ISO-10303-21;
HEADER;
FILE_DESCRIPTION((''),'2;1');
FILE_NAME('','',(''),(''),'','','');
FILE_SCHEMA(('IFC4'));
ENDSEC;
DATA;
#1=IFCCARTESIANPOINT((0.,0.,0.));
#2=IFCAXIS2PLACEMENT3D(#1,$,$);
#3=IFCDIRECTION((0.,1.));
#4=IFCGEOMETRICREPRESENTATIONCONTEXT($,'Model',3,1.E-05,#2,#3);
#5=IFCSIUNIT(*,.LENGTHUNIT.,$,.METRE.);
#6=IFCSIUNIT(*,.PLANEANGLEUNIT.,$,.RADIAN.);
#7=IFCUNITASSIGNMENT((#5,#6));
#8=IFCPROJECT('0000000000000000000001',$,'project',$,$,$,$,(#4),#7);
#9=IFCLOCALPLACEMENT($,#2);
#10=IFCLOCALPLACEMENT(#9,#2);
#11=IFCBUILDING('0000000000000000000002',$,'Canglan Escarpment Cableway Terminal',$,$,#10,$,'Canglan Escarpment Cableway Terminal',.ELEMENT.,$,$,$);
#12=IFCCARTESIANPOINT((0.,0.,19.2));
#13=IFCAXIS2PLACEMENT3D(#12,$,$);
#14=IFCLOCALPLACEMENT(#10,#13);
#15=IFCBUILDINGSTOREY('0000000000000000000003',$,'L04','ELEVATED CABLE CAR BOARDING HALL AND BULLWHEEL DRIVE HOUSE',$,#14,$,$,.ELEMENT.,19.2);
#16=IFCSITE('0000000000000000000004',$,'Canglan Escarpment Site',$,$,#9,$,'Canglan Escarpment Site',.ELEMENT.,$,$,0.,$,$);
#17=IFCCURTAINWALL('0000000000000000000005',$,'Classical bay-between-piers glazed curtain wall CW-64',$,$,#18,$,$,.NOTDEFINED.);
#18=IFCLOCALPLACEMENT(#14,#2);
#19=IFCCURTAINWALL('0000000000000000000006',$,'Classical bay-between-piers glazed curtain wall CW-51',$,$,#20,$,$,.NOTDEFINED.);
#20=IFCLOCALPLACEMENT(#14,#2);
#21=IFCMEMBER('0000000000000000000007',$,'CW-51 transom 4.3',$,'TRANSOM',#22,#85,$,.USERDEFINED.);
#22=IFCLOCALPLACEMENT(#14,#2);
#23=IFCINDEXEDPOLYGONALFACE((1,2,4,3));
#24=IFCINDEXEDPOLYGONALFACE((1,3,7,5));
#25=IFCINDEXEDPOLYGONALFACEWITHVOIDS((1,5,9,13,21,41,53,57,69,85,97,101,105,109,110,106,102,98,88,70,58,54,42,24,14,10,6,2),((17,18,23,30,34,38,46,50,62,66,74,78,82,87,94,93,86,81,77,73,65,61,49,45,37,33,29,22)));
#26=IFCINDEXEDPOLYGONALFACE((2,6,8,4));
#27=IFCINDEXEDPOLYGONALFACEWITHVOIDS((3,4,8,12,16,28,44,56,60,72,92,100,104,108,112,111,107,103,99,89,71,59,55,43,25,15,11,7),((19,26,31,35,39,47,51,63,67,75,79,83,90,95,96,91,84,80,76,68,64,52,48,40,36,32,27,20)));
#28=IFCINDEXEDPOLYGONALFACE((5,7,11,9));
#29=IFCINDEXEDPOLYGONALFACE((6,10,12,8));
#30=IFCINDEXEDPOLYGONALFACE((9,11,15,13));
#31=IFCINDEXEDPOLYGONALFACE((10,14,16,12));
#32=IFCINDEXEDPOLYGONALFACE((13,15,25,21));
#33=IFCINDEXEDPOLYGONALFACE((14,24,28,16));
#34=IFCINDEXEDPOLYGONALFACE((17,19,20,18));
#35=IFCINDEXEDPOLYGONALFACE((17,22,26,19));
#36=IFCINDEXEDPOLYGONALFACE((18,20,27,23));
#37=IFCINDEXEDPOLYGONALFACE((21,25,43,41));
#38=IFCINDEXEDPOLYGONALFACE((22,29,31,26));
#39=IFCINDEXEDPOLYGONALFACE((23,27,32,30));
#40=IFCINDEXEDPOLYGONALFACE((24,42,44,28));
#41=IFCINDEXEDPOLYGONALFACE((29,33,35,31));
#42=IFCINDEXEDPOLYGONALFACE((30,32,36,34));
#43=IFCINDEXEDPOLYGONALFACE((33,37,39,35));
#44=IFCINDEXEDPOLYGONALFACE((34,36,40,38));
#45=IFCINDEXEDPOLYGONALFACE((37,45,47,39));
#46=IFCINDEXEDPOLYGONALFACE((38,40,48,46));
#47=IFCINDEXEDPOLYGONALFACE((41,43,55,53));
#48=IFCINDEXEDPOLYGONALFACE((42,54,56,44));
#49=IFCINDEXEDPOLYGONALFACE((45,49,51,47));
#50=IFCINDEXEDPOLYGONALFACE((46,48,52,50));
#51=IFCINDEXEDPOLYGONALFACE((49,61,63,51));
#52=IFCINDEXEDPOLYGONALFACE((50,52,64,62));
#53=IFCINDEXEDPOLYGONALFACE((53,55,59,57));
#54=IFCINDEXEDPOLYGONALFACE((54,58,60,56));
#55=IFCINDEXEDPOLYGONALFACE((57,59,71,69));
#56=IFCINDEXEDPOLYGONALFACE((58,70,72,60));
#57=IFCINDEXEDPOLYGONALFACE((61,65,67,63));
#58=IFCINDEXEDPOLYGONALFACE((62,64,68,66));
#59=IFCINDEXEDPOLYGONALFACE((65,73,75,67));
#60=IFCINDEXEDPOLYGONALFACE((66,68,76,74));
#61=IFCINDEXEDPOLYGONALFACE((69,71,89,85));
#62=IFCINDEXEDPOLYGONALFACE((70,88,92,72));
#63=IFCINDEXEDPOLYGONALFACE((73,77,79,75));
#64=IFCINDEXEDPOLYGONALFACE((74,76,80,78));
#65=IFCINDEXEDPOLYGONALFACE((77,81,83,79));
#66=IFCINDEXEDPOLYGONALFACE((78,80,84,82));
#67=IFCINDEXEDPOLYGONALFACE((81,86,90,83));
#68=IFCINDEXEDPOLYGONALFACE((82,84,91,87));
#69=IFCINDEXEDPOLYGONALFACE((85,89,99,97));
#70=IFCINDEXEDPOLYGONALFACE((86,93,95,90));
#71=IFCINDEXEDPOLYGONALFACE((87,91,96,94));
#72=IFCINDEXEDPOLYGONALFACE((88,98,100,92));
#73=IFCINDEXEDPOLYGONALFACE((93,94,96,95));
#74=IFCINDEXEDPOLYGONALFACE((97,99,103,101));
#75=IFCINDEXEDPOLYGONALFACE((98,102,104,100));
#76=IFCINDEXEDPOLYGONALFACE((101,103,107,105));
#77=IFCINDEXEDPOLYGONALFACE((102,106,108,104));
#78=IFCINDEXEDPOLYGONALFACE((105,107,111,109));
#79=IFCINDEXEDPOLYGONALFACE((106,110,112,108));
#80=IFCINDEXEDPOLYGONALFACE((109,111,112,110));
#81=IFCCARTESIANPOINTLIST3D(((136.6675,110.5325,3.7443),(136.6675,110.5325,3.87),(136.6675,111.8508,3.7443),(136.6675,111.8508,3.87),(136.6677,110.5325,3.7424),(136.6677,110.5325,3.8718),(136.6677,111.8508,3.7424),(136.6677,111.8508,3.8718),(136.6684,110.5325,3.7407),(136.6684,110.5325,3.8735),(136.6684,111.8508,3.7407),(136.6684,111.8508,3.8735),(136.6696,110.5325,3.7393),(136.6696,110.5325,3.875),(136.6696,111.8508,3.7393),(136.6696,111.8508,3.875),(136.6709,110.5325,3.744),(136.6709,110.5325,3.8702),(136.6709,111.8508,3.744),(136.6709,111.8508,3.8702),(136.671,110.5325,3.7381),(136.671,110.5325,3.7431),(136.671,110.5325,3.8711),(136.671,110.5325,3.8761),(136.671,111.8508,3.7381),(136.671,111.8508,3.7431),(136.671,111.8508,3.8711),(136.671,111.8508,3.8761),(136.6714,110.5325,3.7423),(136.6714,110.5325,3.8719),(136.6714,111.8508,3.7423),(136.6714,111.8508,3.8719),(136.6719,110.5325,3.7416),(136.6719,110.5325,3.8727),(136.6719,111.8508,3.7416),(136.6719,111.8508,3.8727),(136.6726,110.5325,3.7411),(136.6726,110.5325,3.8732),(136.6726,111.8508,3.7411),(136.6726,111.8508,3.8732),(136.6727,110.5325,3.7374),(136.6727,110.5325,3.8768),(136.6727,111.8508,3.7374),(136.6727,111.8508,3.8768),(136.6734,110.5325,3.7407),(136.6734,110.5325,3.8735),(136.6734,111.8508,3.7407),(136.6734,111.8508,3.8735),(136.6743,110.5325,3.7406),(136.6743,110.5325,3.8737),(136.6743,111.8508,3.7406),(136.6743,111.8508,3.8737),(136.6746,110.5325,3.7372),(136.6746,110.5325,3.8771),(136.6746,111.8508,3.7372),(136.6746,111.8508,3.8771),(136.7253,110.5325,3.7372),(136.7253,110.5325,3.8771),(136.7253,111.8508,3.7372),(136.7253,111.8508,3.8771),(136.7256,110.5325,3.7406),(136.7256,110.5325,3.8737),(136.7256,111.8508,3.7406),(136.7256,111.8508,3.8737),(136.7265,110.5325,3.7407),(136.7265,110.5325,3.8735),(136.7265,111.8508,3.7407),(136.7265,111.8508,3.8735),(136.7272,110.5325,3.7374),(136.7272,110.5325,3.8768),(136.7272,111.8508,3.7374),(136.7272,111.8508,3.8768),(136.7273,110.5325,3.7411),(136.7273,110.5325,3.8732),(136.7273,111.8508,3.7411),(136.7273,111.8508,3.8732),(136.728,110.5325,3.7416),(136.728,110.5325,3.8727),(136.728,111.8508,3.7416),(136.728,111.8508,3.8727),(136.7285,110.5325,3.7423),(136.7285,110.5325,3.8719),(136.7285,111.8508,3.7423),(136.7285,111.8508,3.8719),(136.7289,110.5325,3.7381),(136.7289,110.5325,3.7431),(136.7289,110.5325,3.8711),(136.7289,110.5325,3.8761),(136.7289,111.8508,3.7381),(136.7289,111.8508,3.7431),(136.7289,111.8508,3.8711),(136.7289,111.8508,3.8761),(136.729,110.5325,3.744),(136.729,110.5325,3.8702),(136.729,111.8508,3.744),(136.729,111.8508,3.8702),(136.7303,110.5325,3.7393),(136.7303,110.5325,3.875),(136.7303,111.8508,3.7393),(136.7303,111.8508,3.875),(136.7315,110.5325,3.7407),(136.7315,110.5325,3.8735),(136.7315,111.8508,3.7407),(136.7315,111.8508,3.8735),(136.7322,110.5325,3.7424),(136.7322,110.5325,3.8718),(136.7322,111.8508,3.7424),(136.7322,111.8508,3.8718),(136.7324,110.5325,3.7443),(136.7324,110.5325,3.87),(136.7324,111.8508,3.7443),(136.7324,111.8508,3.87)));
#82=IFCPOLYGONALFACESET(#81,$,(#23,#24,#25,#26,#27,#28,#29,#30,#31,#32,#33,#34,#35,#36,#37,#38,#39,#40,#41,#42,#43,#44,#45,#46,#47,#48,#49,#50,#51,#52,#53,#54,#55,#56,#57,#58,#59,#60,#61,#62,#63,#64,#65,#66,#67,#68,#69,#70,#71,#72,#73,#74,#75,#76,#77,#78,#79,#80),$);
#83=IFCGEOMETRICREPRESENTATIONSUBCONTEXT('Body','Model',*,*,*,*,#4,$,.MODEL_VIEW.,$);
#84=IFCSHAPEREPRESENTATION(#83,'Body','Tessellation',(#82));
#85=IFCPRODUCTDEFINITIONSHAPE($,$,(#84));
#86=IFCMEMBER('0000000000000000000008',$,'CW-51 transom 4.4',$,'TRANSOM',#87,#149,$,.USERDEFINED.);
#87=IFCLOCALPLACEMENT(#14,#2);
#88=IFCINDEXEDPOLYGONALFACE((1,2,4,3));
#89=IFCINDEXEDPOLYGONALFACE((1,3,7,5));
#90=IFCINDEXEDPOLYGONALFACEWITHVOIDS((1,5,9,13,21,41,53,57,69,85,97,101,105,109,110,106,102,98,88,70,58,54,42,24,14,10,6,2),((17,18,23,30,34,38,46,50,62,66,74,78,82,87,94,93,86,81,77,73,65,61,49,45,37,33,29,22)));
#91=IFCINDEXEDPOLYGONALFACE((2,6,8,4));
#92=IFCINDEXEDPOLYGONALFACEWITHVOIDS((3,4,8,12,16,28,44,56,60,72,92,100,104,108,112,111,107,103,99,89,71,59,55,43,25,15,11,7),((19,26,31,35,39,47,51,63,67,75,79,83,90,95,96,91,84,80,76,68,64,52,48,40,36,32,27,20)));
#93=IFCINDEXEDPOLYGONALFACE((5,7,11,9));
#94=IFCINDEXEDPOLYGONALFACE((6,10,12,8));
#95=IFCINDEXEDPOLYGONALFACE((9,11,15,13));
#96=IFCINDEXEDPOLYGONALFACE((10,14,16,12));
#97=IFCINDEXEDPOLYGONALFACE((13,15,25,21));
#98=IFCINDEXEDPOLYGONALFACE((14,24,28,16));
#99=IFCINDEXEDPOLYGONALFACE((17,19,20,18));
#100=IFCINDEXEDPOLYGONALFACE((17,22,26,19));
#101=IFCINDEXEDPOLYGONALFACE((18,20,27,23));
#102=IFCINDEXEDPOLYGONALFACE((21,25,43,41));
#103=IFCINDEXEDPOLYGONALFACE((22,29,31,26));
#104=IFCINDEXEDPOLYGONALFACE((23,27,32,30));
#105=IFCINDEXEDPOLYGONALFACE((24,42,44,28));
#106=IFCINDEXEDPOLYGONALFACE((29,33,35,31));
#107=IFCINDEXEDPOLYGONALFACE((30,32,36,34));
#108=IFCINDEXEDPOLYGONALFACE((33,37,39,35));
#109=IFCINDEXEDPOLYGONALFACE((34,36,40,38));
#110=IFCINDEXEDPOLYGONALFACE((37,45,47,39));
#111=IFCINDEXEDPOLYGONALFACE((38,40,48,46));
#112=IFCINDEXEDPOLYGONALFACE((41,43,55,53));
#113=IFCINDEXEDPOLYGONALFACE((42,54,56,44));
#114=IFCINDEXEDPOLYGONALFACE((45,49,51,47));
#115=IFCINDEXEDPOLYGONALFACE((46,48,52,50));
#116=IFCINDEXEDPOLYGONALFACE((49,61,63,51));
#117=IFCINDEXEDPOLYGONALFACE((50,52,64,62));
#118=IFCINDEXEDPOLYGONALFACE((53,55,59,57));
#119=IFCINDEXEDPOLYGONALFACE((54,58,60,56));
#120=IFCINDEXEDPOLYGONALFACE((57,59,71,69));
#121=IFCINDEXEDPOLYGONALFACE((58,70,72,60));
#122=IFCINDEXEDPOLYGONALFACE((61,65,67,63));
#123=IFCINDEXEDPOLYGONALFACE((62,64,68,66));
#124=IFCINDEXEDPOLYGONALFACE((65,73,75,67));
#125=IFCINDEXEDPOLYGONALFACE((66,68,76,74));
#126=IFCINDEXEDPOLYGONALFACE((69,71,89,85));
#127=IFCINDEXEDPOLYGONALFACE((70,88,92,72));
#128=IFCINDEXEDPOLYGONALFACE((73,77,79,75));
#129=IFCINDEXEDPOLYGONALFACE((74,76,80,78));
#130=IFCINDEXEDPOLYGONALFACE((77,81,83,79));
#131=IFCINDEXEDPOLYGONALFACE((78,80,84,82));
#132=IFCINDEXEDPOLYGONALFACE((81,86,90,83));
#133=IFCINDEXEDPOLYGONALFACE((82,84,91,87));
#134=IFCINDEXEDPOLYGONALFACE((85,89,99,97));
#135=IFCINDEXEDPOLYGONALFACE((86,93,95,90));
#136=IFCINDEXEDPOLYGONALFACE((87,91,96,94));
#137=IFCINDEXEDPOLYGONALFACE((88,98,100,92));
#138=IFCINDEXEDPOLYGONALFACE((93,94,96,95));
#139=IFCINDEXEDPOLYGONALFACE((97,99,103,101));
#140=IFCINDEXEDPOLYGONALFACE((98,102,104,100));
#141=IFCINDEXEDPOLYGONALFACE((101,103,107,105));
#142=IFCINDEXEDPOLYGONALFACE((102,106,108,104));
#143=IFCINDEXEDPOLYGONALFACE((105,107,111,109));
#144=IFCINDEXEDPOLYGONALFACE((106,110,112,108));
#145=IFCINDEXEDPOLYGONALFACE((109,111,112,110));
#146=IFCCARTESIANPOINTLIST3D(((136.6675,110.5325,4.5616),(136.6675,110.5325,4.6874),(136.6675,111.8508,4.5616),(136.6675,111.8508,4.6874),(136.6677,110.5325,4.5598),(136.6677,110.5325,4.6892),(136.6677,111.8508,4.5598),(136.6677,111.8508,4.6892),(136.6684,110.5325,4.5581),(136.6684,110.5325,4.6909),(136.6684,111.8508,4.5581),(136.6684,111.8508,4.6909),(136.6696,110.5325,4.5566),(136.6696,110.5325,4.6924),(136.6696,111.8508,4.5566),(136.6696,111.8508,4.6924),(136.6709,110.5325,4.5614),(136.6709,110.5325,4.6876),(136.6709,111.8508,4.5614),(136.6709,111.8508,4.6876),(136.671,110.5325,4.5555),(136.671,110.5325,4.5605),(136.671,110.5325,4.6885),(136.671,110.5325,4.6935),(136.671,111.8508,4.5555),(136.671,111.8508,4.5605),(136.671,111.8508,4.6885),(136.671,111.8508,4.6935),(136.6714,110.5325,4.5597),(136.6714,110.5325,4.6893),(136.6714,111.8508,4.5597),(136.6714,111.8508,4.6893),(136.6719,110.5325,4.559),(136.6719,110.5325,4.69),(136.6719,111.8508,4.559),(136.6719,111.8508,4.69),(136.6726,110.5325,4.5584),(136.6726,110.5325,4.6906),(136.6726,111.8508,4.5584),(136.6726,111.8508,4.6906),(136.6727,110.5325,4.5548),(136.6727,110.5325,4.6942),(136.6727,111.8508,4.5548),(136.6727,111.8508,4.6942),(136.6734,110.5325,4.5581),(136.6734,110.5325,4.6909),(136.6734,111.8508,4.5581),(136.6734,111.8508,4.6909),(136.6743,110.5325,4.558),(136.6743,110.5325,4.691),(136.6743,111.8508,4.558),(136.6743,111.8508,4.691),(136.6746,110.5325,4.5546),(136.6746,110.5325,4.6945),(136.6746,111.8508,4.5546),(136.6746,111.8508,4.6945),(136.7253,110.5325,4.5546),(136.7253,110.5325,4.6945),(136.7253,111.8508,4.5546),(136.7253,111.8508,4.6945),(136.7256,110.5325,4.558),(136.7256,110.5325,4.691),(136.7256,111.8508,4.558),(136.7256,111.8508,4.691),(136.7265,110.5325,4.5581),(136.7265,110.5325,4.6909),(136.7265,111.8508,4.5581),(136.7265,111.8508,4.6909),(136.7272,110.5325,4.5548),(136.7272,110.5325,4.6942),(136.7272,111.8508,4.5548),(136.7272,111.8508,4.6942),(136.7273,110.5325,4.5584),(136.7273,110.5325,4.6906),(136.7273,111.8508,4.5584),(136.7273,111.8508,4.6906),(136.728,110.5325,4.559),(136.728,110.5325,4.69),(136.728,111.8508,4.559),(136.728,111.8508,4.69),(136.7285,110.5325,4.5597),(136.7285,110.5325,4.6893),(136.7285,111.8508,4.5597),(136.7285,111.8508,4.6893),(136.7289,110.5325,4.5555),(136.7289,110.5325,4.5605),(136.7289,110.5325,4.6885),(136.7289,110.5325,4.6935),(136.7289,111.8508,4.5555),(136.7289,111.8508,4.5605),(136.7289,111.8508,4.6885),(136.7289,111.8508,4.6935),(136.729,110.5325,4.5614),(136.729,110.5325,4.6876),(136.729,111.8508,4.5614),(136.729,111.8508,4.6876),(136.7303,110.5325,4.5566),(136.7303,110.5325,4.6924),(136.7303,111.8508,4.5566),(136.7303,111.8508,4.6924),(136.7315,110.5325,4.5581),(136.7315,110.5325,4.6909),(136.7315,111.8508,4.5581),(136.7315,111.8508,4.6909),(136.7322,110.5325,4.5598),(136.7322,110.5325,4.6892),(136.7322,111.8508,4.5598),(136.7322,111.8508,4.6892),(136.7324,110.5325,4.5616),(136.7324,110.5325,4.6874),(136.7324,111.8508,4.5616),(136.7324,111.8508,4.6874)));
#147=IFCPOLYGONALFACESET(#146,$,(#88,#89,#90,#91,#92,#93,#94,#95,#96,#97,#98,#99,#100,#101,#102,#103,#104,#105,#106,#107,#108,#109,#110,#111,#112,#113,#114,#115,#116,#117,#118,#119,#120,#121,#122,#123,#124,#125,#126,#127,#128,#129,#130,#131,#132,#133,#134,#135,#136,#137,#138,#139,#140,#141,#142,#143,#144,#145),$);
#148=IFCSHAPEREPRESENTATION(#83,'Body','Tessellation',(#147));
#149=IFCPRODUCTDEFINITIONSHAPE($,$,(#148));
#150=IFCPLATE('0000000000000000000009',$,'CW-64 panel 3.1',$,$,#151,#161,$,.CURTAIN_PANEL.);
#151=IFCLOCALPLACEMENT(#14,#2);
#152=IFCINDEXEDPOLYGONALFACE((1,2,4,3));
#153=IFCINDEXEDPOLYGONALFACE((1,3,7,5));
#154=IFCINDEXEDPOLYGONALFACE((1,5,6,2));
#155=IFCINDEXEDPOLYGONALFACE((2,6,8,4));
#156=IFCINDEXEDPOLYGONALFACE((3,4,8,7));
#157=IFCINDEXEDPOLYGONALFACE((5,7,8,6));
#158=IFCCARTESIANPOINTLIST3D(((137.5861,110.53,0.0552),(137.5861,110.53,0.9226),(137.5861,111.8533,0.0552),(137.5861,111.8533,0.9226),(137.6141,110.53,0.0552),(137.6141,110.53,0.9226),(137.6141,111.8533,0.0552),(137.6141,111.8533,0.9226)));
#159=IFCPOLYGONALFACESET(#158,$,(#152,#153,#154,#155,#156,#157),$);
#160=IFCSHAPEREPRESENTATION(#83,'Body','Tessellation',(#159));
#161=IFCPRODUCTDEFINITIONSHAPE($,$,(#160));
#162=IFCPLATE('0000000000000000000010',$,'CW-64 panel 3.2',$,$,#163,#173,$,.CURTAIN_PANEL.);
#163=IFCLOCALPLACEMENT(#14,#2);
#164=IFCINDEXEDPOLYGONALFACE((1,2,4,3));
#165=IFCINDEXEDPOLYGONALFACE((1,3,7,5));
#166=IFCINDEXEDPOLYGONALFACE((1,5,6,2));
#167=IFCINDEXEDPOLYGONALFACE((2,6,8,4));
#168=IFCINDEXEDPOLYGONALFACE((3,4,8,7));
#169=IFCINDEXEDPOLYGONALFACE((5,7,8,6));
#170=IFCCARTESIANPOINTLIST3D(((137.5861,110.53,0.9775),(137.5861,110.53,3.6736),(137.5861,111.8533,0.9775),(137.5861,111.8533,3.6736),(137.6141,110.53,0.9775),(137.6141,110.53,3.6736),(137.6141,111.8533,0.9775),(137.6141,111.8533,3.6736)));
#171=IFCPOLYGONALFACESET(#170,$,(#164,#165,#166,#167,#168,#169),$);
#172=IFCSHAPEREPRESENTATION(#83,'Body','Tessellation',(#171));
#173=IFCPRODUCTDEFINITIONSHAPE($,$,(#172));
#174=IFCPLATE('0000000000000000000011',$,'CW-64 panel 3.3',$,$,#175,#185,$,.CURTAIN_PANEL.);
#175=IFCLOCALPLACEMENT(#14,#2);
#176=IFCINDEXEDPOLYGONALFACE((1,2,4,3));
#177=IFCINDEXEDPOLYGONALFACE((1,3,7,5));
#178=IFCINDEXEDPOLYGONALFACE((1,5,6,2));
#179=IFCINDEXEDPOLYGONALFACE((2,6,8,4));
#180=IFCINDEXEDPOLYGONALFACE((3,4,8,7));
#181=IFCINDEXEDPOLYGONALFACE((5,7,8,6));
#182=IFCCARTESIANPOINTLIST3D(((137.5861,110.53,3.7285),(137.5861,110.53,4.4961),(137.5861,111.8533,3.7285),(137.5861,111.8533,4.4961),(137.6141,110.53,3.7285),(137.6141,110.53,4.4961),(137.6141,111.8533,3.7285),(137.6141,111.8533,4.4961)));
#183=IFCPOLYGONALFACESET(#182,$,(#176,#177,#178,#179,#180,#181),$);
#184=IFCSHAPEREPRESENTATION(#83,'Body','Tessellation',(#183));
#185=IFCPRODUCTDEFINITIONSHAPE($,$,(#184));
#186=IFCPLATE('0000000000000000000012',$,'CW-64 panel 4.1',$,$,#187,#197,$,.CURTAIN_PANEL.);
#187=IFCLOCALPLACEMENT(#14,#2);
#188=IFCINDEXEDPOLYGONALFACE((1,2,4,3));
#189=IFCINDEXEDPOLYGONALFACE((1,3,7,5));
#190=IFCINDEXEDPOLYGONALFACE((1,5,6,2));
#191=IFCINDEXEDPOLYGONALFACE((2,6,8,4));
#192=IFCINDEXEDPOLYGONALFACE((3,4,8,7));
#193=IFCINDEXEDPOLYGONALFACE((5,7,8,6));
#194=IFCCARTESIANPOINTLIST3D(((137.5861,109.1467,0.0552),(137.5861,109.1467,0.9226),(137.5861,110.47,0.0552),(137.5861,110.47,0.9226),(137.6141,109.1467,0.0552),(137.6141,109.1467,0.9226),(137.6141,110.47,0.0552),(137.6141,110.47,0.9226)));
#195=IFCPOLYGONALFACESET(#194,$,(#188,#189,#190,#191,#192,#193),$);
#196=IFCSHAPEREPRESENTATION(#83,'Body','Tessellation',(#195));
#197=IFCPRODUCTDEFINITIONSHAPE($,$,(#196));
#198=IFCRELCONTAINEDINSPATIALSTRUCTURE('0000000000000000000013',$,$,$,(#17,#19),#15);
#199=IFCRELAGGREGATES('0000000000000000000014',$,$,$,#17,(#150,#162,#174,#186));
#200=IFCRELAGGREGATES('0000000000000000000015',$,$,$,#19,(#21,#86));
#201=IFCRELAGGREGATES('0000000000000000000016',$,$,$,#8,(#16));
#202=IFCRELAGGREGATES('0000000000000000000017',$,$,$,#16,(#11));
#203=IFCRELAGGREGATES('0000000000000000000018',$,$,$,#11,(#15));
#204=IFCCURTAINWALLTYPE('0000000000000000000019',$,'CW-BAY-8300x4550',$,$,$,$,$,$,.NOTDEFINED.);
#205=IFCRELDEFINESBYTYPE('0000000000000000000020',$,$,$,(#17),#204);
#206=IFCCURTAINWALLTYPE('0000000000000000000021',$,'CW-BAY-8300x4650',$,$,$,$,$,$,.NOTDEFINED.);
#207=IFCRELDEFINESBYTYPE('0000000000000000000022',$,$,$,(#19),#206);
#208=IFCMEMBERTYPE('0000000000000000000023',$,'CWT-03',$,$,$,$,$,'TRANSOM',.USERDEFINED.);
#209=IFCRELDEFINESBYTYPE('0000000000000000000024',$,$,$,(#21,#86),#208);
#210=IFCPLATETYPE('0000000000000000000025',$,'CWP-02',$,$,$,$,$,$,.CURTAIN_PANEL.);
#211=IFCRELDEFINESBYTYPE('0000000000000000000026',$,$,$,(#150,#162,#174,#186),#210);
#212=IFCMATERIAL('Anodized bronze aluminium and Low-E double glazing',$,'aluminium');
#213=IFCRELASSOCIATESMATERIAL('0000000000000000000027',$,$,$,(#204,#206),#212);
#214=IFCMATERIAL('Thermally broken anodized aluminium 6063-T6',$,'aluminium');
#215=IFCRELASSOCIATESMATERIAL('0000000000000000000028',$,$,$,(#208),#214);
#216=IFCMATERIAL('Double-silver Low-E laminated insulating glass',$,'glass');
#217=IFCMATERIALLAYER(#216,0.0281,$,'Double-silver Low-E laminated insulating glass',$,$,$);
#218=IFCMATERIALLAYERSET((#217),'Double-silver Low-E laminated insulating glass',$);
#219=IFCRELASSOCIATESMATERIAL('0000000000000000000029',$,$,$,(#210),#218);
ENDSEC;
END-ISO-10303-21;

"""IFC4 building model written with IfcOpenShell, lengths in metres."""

from ifc_helpers import new_model, si_unit, direction, frame, origin, origin_2d, place, context, subcontext, project, spatial, rectangle, hollow_rectangle, extrude, material, layer, layer_set, material_profile, profile_set, type_object, element, aggregate, save


model = new_model("IFC4")

# Units and contexts
model_context = context("Model", 3, precision=1e-05, world=origin(), true_north=direction((0.0, 1.0)))
body_context = subcontext(model_context, "Body", "Model", "MODEL_VIEW")
ifc_project = project(units=[si_unit("LENGTHUNIT", "METRE"), si_unit("PLANEANGLEUNIT", "RADIAN")], contexts=[model_context])

# Site, building, storey
site_placement = place(None, origin())
site = spatial("IfcSite", under=ifc_project, at=site_placement, Name="Canglan Escarpment Site", LongName="Canglan Escarpment Site", CompositionType="ELEMENT", RefElevation=0.0)
building_placement = place(site_placement, origin())
building = spatial("IfcBuilding", under=site, at=building_placement, Name="Canglan Escarpment Cableway Terminal", LongName="Canglan Escarpment Cableway Terminal", CompositionType="ELEMENT")
storey_placement = place(building_placement, frame((0.0, 0.0, 19.2)))
storey = spatial("IfcBuildingStorey", under=building, at=storey_placement, Name="L04", Description="ELEVATED CABLE CAR BOARDING HALL AND BULLWHEEL DRIVE HOUSE", CompositionType="ELEMENT", Elevation=19.2)

# Curtain walls, members
ifc_material_1 = material(Name="Anodized bronze aluminium and Low-E double glazing", Category="aluminium")
curtain_wall_type_1 = type_object("IfcCurtainWallType", Name="CW-BAY-8300x4550", PredefinedType="NOTDEFINED", material=ifc_material_1)
curtain_wall_1_placement = place(storey_placement, origin())
curtain_wall_1 = element("IfcCurtainWall", 1, at=curtain_wall_1_placement, inside=storey, type_object=curtain_wall_type_1, Name="Classical bay-between-piers glazed curtain wall CW-64", PredefinedType="NOTDEFINED")
ifc_material_2 = material(Name="Thermally broken anodized aluminium 6063-T6", Category="aluminium")
curtain_wall_type_2 = type_object("IfcCurtainWallType", Name="CW-BAY-8300x4650", PredefinedType="NOTDEFINED", material=ifc_material_1)
curtain_wall_2_placement = place(storey_placement, origin())
curtain_wall_2 = element("IfcCurtainWall", 2, at=curtain_wall_2_placement, inside=storey, type_object=curtain_wall_type_2, Name="Classical bay-between-piers glazed curtain wall CW-51", PredefinedType="NOTDEFINED")
ifc_material_profile_1 = material_profile(ifc_material_2, hollow_rectangle(XDim=0.0649, YDim=0.1399, WallThickness=0.0034, InnerFilletRadius=0.0034, OuterFilletRadius=0.0071, at=origin_2d()), Name="ALU-TRAN 65x140x3.5")
ifc_profile_set_1 = profile_set([ifc_material_profile_1], Name="Thermally broken anodized aluminium 6063-T6")
member_type_1 = type_object("IfcMemberType", Name="CWT-03", ElementType="TRANSOM", PredefinedType="USERDEFINED", material=ifc_profile_set_1)
member_1_placement = place(storey_placement, frame((136.7, 110.5325, 3.8071), z_axis=(0.0, 1.0, 0.0), x_axis=(-1.0, 0.0, 0.0)))
member_1 = element("IfcMember", 3, at=member_1_placement, type_object=member_type_1, Name="CW-51 transom 4.3", ObjectType="TRANSOM", PredefinedType="USERDEFINED", context=body_context, shape_type="SweptSolid", body=[
    extrude(hollow_rectangle(XDim=0.0649, YDim=0.1399, WallThickness=0.0034, InnerFilletRadius=0.0034, OuterFilletRadius=0.0071, at=origin_2d()), origin(), (0.0, 0.0, 1.0), 1.3184),
])
member_2_placement = place(storey_placement, frame((136.7, 110.5325, 4.6245), z_axis=(0.0, 1.0, 0.0), x_axis=(-1.0, 0.0, 0.0)))
member_2 = element("IfcMember", 4, at=member_2_placement, type_object=member_type_1, Name="CW-51 transom 4.4", ObjectType="TRANSOM", PredefinedType="USERDEFINED", context=body_context, shape_type="SweptSolid", body=[
    extrude(hollow_rectangle(XDim=0.0649, YDim=0.1399, WallThickness=0.0034, InnerFilletRadius=0.0034, OuterFilletRadius=0.0071, at=origin_2d()), origin(), (0.0, 0.0, 1.0), 1.3184),
])

# Plates
ifc_material_3 = material(Name="Double-silver Low-E laminated insulating glass", Category="glass")
ifc_layer_1 = layer(ifc_material_3, 0.0281, Name="Double-silver Low-E laminated insulating glass")
ifc_layer_set_1 = layer_set([ifc_layer_1], Name="Double-silver Low-E laminated insulating glass")
plate_type_1 = type_object("IfcPlateType", Name="CWP-02", PredefinedType="CURTAIN_PANEL", material=ifc_layer_set_1)
plate_1_placement = place(storey_placement, frame((137.6001, 111.1917, 0.0552), z_axis=(0.0, 0.0, 1.0), x_axis=(0.0, -1.0, 0.0)))
plate_1 = element("IfcPlate", 5, at=plate_1_placement, type_object=plate_type_1, Name="CW-64 panel 3.1", PredefinedType="CURTAIN_PANEL", context=body_context, shape_type="SweptSolid", body=[
    extrude(rectangle(XDim=1.3232, YDim=0.0281, at=origin_2d()), origin(), (0.0, 0.0, 1.0), 0.8674),
])
plate_2_placement = place(storey_placement, frame((137.6001, 111.1917, 0.9775), z_axis=(0.0, 0.0, 1.0), x_axis=(0.0, -1.0, 0.0)))
plate_2 = element("IfcPlate", 6, at=plate_2_placement, type_object=plate_type_1, Name="CW-64 panel 3.2", PredefinedType="CURTAIN_PANEL", context=body_context, shape_type="SweptSolid", body=[
    extrude(rectangle(XDim=1.3232, YDim=0.0281, at=origin_2d()), origin(), (0.0, 0.0, 1.0), 2.696),
])
plate_3_placement = place(storey_placement, frame((137.6001, 111.1917, 3.7285), z_axis=(0.0, 0.0, 1.0), x_axis=(0.0, -1.0, 0.0)))
plate_3 = element("IfcPlate", 7, at=plate_3_placement, type_object=plate_type_1, Name="CW-64 panel 3.3", PredefinedType="CURTAIN_PANEL", context=body_context, shape_type="SweptSolid", body=[
    extrude(rectangle(XDim=1.3232, YDim=0.0281, at=origin_2d()), origin(), (0.0, 0.0, 1.0), 0.7676),
])
plate_4_placement = place(storey_placement, frame((137.6001, 109.8083, 0.0552), z_axis=(0.0, 0.0, 1.0), x_axis=(0.0, -1.0, 0.0)))
plate_4 = element("IfcPlate", 8, at=plate_4_placement, type_object=plate_type_1, Name="CW-64 panel 4.1", PredefinedType="CURTAIN_PANEL", context=body_context, shape_type="SweptSolid", body=[
    extrude(rectangle(XDim=1.3232, YDim=0.0281, at=origin_2d()), origin(), (0.0, 0.0, 1.0), 0.8674),
])
aggregate(curtain_wall_1, [plate_1, plate_2, plate_3, plate_4])
aggregate(curtain_wall_2, [member_1, member_2])

save(model, "model.ifc")
